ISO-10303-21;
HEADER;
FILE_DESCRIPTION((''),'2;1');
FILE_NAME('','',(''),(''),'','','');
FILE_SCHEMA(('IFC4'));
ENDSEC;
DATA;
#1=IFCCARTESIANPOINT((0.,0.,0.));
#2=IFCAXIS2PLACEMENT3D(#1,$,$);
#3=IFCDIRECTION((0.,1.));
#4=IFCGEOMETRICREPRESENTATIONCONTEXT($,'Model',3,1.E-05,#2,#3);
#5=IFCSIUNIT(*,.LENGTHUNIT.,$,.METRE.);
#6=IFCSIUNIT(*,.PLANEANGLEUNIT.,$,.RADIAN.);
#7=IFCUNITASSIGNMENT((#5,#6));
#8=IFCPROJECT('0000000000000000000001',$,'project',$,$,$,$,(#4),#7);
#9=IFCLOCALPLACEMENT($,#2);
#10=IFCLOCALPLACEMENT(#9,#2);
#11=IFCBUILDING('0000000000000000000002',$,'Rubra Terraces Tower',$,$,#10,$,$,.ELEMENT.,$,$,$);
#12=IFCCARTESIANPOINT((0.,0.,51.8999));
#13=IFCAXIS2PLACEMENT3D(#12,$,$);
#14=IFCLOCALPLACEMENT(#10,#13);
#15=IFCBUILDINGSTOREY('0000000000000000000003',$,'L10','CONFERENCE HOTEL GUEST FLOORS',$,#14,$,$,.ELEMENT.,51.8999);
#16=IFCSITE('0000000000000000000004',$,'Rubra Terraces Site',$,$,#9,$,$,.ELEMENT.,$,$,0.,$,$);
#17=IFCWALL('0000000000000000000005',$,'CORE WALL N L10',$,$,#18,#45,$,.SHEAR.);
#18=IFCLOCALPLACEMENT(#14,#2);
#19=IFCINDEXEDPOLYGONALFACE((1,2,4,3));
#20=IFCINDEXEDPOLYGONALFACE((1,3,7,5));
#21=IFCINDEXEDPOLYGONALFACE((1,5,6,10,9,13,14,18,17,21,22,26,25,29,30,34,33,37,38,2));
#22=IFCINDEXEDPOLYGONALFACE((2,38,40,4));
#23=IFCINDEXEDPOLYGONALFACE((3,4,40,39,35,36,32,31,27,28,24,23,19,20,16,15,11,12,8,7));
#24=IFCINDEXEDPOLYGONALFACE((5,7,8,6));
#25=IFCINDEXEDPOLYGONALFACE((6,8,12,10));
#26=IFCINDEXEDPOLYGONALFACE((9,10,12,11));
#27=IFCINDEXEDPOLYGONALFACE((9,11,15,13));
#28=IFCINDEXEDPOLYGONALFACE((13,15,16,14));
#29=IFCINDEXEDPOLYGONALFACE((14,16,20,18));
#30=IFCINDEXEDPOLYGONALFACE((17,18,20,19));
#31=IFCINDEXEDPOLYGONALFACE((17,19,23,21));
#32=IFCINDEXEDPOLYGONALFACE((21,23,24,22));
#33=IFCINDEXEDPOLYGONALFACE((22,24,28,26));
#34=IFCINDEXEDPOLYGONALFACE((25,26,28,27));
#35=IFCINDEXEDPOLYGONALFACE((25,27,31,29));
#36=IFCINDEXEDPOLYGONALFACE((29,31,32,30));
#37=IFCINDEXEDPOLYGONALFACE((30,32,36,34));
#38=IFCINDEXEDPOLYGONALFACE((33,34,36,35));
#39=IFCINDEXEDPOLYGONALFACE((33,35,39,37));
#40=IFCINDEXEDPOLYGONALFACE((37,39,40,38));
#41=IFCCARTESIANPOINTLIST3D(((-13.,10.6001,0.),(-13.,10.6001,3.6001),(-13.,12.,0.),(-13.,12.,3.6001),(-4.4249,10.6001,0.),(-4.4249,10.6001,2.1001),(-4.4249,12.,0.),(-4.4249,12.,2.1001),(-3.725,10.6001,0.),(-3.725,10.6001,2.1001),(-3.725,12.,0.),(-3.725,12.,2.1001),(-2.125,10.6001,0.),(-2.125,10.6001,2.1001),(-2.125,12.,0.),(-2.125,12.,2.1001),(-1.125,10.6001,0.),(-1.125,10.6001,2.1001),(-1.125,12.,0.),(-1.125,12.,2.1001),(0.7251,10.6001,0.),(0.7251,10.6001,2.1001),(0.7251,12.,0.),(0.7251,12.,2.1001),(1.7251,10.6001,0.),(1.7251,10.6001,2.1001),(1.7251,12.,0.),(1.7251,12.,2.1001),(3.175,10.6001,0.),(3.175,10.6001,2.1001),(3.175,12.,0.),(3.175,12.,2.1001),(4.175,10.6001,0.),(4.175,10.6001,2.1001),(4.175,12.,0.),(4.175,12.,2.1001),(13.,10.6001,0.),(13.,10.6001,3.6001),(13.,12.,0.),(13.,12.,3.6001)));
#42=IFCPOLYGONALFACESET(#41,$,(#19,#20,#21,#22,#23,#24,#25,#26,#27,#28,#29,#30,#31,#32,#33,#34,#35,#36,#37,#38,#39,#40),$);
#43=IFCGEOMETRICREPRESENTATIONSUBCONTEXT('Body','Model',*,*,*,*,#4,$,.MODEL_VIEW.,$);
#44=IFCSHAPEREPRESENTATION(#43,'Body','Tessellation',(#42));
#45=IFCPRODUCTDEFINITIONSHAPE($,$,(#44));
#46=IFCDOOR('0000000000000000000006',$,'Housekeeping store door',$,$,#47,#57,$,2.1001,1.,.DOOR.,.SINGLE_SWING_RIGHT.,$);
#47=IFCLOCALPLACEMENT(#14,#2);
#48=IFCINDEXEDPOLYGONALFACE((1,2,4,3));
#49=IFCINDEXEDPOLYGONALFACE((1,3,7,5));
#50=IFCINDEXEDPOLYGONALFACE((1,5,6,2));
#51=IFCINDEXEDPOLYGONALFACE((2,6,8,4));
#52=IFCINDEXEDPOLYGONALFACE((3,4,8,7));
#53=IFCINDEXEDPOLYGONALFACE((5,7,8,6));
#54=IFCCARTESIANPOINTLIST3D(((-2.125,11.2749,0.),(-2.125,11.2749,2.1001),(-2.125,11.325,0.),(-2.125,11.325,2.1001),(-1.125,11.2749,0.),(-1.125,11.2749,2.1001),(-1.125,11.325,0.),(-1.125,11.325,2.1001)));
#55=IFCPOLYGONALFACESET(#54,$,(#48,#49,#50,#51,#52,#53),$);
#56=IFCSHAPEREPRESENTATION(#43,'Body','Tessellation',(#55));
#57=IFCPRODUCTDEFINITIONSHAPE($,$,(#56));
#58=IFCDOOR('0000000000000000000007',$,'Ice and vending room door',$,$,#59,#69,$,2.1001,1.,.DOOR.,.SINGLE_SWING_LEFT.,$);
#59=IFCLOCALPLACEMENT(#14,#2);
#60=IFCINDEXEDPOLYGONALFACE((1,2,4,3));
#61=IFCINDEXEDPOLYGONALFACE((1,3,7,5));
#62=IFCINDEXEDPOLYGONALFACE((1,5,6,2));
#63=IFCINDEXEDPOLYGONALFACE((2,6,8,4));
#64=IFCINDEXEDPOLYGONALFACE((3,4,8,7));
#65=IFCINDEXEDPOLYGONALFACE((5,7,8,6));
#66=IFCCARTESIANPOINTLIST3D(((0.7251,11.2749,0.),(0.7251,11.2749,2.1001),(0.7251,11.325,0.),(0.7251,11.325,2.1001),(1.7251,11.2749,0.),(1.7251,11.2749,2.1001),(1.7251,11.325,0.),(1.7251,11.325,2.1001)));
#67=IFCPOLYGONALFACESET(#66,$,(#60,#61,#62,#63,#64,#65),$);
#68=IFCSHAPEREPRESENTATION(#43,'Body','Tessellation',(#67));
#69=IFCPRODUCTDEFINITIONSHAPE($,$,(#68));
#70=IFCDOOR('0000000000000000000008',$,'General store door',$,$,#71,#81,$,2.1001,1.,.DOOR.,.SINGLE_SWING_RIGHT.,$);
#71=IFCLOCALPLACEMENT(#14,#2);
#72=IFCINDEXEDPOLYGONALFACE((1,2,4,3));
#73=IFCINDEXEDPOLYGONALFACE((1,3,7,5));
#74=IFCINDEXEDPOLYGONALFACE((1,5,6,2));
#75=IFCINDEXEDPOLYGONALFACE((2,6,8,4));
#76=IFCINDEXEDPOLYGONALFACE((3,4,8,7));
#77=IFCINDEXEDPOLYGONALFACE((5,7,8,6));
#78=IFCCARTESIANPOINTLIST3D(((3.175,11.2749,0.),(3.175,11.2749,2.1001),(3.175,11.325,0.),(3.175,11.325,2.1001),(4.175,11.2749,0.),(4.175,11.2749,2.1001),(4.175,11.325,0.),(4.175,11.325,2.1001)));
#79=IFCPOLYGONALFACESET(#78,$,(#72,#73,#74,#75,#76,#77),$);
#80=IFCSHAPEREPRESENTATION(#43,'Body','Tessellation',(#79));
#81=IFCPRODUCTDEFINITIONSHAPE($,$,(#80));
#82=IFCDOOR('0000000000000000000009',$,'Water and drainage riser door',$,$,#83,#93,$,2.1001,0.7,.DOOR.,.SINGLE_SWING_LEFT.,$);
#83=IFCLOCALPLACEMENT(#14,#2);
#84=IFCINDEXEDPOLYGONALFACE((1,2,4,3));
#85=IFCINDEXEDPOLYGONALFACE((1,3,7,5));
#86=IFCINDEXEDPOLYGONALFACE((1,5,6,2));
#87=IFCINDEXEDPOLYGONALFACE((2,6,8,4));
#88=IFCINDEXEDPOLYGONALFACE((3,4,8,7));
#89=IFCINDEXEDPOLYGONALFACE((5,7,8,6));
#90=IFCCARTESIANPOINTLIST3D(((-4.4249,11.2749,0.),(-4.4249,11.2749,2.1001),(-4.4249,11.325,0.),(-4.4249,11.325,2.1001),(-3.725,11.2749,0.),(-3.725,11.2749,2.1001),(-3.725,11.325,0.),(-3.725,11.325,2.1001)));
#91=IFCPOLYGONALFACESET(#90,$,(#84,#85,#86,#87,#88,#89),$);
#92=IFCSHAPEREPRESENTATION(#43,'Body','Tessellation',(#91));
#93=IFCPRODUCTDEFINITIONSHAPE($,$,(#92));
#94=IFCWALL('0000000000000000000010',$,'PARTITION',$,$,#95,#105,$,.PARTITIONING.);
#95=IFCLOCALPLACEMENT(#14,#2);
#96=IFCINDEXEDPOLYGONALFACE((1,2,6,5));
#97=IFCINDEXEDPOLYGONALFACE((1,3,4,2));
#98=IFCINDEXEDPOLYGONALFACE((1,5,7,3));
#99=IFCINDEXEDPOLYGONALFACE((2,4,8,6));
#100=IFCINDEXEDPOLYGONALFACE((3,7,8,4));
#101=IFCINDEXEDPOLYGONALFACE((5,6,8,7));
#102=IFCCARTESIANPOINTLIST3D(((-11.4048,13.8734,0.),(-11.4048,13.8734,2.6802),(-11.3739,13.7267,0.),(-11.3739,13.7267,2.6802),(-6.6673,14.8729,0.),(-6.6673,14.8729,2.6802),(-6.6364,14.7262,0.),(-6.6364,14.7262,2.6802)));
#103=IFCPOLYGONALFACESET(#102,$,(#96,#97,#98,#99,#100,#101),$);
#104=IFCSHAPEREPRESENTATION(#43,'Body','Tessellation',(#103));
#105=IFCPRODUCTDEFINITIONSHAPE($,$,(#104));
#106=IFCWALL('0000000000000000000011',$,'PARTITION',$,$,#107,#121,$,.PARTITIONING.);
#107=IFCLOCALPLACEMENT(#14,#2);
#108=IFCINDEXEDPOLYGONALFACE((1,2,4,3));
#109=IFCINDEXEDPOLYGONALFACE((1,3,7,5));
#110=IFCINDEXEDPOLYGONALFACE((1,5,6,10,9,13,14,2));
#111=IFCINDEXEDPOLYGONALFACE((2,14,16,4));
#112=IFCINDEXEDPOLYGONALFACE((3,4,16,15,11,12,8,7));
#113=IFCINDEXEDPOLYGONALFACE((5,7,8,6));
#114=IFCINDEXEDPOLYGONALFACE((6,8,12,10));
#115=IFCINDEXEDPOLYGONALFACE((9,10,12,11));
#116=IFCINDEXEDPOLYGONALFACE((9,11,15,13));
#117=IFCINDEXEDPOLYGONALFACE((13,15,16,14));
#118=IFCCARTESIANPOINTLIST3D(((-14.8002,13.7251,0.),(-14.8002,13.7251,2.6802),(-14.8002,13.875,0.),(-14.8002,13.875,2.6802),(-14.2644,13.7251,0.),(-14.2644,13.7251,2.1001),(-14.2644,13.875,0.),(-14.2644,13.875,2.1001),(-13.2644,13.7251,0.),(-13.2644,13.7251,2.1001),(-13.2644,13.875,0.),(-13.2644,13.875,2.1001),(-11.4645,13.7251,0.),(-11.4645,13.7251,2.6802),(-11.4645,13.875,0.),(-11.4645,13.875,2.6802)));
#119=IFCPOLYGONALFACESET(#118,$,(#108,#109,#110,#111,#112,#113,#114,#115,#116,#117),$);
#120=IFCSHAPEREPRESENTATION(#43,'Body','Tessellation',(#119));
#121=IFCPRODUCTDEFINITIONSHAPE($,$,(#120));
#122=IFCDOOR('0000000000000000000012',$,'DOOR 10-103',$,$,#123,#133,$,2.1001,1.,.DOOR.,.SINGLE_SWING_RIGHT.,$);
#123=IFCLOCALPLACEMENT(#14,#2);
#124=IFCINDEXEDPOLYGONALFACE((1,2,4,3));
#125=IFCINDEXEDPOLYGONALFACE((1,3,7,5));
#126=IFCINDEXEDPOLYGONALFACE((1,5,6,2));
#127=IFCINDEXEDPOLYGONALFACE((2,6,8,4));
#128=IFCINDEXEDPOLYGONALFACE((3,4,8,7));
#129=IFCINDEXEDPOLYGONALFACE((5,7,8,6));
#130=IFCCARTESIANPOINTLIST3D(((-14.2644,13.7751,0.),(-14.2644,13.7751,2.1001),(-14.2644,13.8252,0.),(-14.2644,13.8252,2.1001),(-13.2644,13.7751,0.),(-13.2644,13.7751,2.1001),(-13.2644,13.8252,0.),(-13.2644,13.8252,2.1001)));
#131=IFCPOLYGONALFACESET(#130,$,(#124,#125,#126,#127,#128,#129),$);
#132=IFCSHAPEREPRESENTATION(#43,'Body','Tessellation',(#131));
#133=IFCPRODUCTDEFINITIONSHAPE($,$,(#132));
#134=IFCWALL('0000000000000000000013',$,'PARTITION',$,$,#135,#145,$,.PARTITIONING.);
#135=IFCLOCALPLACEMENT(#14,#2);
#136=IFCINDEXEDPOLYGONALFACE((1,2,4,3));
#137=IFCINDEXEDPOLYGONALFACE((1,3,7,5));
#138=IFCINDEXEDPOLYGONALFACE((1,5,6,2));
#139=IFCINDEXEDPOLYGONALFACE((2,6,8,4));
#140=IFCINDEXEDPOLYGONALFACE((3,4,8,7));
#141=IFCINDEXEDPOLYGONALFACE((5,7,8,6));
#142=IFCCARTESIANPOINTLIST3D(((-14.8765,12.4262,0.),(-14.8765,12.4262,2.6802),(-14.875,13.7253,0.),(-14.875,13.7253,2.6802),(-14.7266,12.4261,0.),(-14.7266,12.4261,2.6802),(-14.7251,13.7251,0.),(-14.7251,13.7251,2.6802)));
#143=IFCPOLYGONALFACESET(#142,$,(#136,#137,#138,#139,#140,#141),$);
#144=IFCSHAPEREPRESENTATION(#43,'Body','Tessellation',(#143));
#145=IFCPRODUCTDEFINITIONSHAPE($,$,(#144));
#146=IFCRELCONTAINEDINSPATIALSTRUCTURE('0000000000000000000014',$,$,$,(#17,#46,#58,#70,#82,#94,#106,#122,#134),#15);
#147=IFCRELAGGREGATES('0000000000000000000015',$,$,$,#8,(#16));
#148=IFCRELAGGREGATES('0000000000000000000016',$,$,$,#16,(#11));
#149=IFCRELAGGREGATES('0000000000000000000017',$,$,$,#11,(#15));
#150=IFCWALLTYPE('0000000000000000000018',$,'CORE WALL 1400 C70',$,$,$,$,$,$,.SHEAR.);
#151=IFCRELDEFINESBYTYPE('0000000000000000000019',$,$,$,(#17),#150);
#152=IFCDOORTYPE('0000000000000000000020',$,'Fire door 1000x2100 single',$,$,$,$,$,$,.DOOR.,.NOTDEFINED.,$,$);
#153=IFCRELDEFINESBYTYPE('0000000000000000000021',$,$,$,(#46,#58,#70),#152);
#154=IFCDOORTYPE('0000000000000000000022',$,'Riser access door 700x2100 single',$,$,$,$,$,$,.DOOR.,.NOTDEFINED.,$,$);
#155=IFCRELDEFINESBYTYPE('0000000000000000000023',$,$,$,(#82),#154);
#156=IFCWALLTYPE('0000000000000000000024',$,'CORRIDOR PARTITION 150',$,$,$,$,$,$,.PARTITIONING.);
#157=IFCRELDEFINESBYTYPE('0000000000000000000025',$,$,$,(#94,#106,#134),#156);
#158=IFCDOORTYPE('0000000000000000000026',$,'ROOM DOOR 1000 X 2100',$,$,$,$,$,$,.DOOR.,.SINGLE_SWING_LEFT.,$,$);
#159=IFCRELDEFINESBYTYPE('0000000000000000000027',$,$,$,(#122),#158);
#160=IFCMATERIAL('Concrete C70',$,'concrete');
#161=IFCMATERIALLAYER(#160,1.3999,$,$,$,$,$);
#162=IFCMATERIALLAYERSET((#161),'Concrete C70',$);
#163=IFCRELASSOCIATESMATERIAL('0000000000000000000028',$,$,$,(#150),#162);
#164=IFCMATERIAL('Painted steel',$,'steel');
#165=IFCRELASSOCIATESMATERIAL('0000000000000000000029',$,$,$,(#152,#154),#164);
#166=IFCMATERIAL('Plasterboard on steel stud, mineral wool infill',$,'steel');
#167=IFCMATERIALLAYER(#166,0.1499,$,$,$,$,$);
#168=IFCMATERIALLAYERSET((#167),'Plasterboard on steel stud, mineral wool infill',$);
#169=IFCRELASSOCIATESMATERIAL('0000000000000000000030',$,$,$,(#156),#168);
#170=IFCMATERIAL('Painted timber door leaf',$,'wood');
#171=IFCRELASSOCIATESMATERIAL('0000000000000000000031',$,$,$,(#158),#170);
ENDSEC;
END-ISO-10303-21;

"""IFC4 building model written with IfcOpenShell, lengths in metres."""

from ifc_helpers import new_model, si_unit, direction, frame, frame_2d, origin, place, context, subcontext, project, spatial, rectangle, extrude, material, layer, layer_set, type_object, element, fill, save


model = new_model("IFC4")

# Units and contexts
model_context = context("Model", 3, precision=1e-05, world=origin(), true_north=direction((0.0, 1.0)))
body_context = subcontext(model_context, "Body", "Model", "MODEL_VIEW")
ifc_project = project(units=[si_unit("LENGTHUNIT", "METRE"), si_unit("PLANEANGLEUNIT", "RADIAN")], contexts=[model_context])

# Site, building, storey
site_placement = place(None, origin())
site = spatial("IfcSite", under=ifc_project, at=site_placement, Name="Rubra Terraces Site", CompositionType="ELEMENT", RefElevation=0.0)
building_placement = place(site_placement, origin())
building = spatial("IfcBuilding", under=site, at=building_placement, Name="Rubra Terraces Tower", CompositionType="ELEMENT")
storey_placement = place(building_placement, frame((0.0, 0.0, 51.8999)))
storey = spatial("IfcBuildingStorey", under=building, at=storey_placement, Name="L10", Description="CONFERENCE HOTEL GUEST FLOORS", CompositionType="ELEMENT", Elevation=51.8999)

# Wall, openings, doors
ifc_material_1 = material(Name="Concrete C70", Category="concrete")
ifc_layer_1 = layer(ifc_material_1, 1.3999)
ifc_layer_set_1 = layer_set([ifc_layer_1], Name="Concrete C70")
wall_type_1 = type_object("IfcWallType", Name="CORE WALL 1400 C70", PredefinedType="SHEAR", material=ifc_layer_set_1)
wall_1_placement = place(storey_placement, frame((-13.0, 11.3, 0.0), z_axis=(0.0, 0.0, 1.0), x_axis=(1.0, 0.0, 0.0)))
wall_1 = element("IfcWall", 1, at=wall_1_placement, inside=storey, type_object=wall_type_1, Name="CORE WALL N L10", PredefinedType="SHEAR", context=body_context, shape_type="SweptSolid", body=[
    extrude(rectangle(XDim=26.0, YDim=1.3999, at=frame_2d((13.0, 0.0))), origin(), (0.0, 0.0, 1.0), 3.6001),
])
opening_1_placement = place(wall_1_placement, frame((8.575, 0.0, 0.0)))
opening_1 = element("IfcOpeningElement", 2, at=opening_1_placement, cuts=wall_1, PredefinedType="OPENING", context=body_context, shape_type="SweptSolid", body=[
    extrude(rectangle(XDim=0.7, YDim=2.1001, at=frame_2d((0.3501, 1.05))), frame((0.0, 0.71, 0.0), z_axis=(0.0, -1.0, 0.0), x_axis=(1.0, 0.0, 0.0)), (0.0, 0.0, 1.0), 1.4199),
])
opening_2_placement = place(wall_1_placement, frame((10.875, 0.0, 0.0)))
opening_2 = element("IfcOpeningElement", 3, at=opening_2_placement, cuts=wall_1, PredefinedType="OPENING", context=body_context, shape_type="SweptSolid", body=[
    extrude(rectangle(XDim=1.0, YDim=2.1001, at=frame_2d((0.5, 1.05))), frame((0.0, 0.71, 0.0), z_axis=(0.0, -1.0, 0.0), x_axis=(1.0, 0.0, 0.0)), (0.0, 0.0, 1.0), 1.4199),
])
opening_3_placement = place(wall_1_placement, frame((13.7251, 0.0, 0.0)))
opening_3 = element("IfcOpeningElement", 4, at=opening_3_placement, cuts=wall_1, PredefinedType="OPENING", context=body_context, shape_type="SweptSolid", body=[
    extrude(rectangle(XDim=1.0, YDim=2.1001, at=frame_2d((0.5, 1.05))), frame((0.0, 0.71, 0.0), z_axis=(0.0, -1.0, 0.0), x_axis=(1.0, 0.0, 0.0)), (0.0, 0.0, 1.0), 1.4199),
])
opening_4_placement = place(wall_1_placement, frame((16.175, 0.0, 0.0)))
opening_4 = element("IfcOpeningElement", 5, at=opening_4_placement, cuts=wall_1, PredefinedType="OPENING", context=body_context, shape_type="SweptSolid", body=[
    extrude(rectangle(XDim=1.0, YDim=2.1001, at=frame_2d((0.5, 1.05))), frame((0.0, 0.71, 0.0), z_axis=(0.0, -1.0, 0.0), x_axis=(1.0, 0.0, 0.0)), (0.0, 0.0, 1.0), 1.4199),
])
ifc_material_2 = material(Name="Painted steel", Category="steel")
door_type_1 = type_object("IfcDoorType", Name="Fire door 1000x2100 single", OperationType="NOTDEFINED", PredefinedType="DOOR", material=ifc_material_2)
door_1_placement = place(opening_2_placement, origin())
door_1 = element("IfcDoor", 6, at=door_1_placement, inside=storey, type_object=door_type_1, Name="Housekeeping store door", OperationType="SINGLE_SWING_RIGHT", OverallHeight=2.1001, OverallWidth=1.0, PredefinedType="DOOR", context=body_context, shape_type="SweptSolid", body=[
    extrude(rectangle(XDim=1.0, YDim=2.1001, at=frame_2d((0.5, 1.05))), frame((0.0, 0.0249, 0.0), z_axis=(0.0, -1.0, 0.0), x_axis=(1.0, 0.0, 0.0)), (0.0, 0.0, 1.0), 0.05),
])
fill(opening_2, door_1)
door_2_placement = place(opening_3_placement, origin())
door_2 = element("IfcDoor", 7, at=door_2_placement, inside=storey, type_object=door_type_1, Name="Ice and vending room door", OperationType="SINGLE_SWING_LEFT", OverallHeight=2.1001, OverallWidth=1.0, PredefinedType="DOOR", context=body_context, shape_type="SweptSolid", body=[
    extrude(rectangle(XDim=1.0, YDim=2.1001, at=frame_2d((0.5, 1.05))), frame((0.0, 0.0249, 0.0), z_axis=(0.0, -1.0, 0.0), x_axis=(1.0, 0.0, 0.0)), (0.0, 0.0, 1.0), 0.05),
])
fill(opening_3, door_2)
door_3_placement = place(opening_4_placement, origin())
door_3 = element("IfcDoor", 8, at=door_3_placement, inside=storey, type_object=door_type_1, Name="General store door", OperationType="SINGLE_SWING_RIGHT", OverallHeight=2.1001, OverallWidth=1.0, PredefinedType="DOOR", context=body_context, shape_type="SweptSolid", body=[
    extrude(rectangle(XDim=1.0, YDim=2.1001, at=frame_2d((0.5, 1.05))), frame((0.0, 0.0249, 0.0), z_axis=(0.0, -1.0, 0.0), x_axis=(1.0, 0.0, 0.0)), (0.0, 0.0, 1.0), 0.05),
])
fill(opening_4, door_3)
door_type_2 = type_object("IfcDoorType", Name="Riser access door 700x2100 single", OperationType="NOTDEFINED", PredefinedType="DOOR", material=ifc_material_2)
door_4_placement = place(opening_1_placement, origin())
door_4 = element("IfcDoor", 9, at=door_4_placement, inside=storey, type_object=door_type_2, Name="Water and drainage riser door", OperationType="SINGLE_SWING_LEFT", OverallHeight=2.1001, OverallWidth=0.7, PredefinedType="DOOR", context=body_context, shape_type="SweptSolid", body=[
    extrude(rectangle(XDim=0.7, YDim=2.1001, at=frame_2d((0.3501, 1.05))), frame((0.0, 0.0249, 0.0), z_axis=(0.0, -1.0, 0.0), x_axis=(1.0, 0.0, 0.0)), (0.0, 0.0, 1.0), 0.05),
])
fill(opening_1, door_4)

# Wall
ifc_material_3 = material(Name="Plasterboard on steel stud, mineral wool infill", Category="steel")
ifc_layer_2 = layer(ifc_material_3, 0.1499)
ifc_layer_set_2 = layer_set([ifc_layer_2], Name="Plasterboard on steel stud, mineral wool infill")
wall_type_2 = type_object("IfcWallType", Name="CORRIDOR PARTITION 150", PredefinedType="PARTITIONING", material=ifc_layer_set_2)
wall_2_placement = place(storey_placement, frame((-6.6519, 14.7996, 0.0), z_axis=(0.0, 0.0, 1.0), x_axis=(-0.978461, -0.206432, 0.0)))
element("IfcWall", 10, at=wall_2_placement, inside=storey, type_object=wall_type_2, Name="PARTITION", PredefinedType="PARTITIONING", context=body_context, shape_type="SweptSolid", body=[
    extrude(rectangle(XDim=4.8418, YDim=0.1499, at=frame_2d((2.4209, 0.0))), origin(), (0.0, 0.0, 1.0), 2.6802),
])

# Wall, opening, door
wall_3_placement = place(storey_placement, frame((-11.4644, 13.8, 0.0), z_axis=(0.0, 0.0, 1.0), x_axis=(-1.0, 0.0, 0.0)))
wall_3 = element("IfcWall", 11, at=wall_3_placement, inside=storey, type_object=wall_type_2, Name="PARTITION", PredefinedType="PARTITIONING", context=body_context, shape_type="SweptSolid", body=[
    extrude(rectangle(XDim=3.3357, YDim=0.1499, at=frame_2d((1.668, 0.0))), origin(), (0.0, 0.0, 1.0), 2.6802),
])
opening_5_placement = place(wall_3_placement, frame((1.8, 0.0, 0.0)))
opening_5 = element("IfcOpeningElement", 12, at=opening_5_placement, cuts=wall_3, PredefinedType="OPENING", context=body_context, shape_type="SweptSolid", body=[
    extrude(rectangle(XDim=1.0, YDim=2.1001, at=frame_2d((0.5, 1.05))), frame((0.0, 0.085, 0.0), z_axis=(0.0, -1.0, 0.0), x_axis=(1.0, 0.0, 0.0)), (0.0, 0.0, 1.0), 0.1699),
])
ifc_material_4 = material(Name="Painted timber door leaf", Category="wood")
door_type_3 = type_object("IfcDoorType", Name="ROOM DOOR 1000 X 2100", OperationType="SINGLE_SWING_LEFT", PredefinedType="DOOR", material=ifc_material_4)
door_5_placement = place(opening_5_placement, origin())
door_5 = element("IfcDoor", 13, at=door_5_placement, inside=storey, type_object=door_type_3, Name="DOOR 10-103", OperationType="SINGLE_SWING_RIGHT", OverallHeight=2.1001, OverallWidth=1.0, PredefinedType="DOOR", context=body_context, shape_type="SweptSolid", body=[
    extrude(rectangle(XDim=1.0, YDim=2.1001, at=frame_2d((0.5, 1.05))), frame((0.0, 0.0249, 0.0), z_axis=(0.0, -1.0, 0.0), x_axis=(1.0, 0.0, 0.0)), (0.0, 0.0, 1.0), 0.05),
])
fill(opening_5, door_5)

# Wall
wall_4_placement = place(storey_placement, frame((-14.8, 13.7251, 0.0), z_axis=(0.0, 0.0, 1.0), x_axis=(-0.001128, -0.999999, 0.0)))
element("IfcWall", 14, at=wall_4_placement, inside=storey, type_object=wall_type_2, Name="PARTITION", PredefinedType="PARTITIONING", context=body_context, shape_type="SweptSolid", body=[
    extrude(rectangle(XDim=1.2991, YDim=0.1499, at=frame_2d((0.6494, 0.0))), origin(), (0.0, 0.0, 1.0), 2.6802),
])

save(model, "model.ifc")
